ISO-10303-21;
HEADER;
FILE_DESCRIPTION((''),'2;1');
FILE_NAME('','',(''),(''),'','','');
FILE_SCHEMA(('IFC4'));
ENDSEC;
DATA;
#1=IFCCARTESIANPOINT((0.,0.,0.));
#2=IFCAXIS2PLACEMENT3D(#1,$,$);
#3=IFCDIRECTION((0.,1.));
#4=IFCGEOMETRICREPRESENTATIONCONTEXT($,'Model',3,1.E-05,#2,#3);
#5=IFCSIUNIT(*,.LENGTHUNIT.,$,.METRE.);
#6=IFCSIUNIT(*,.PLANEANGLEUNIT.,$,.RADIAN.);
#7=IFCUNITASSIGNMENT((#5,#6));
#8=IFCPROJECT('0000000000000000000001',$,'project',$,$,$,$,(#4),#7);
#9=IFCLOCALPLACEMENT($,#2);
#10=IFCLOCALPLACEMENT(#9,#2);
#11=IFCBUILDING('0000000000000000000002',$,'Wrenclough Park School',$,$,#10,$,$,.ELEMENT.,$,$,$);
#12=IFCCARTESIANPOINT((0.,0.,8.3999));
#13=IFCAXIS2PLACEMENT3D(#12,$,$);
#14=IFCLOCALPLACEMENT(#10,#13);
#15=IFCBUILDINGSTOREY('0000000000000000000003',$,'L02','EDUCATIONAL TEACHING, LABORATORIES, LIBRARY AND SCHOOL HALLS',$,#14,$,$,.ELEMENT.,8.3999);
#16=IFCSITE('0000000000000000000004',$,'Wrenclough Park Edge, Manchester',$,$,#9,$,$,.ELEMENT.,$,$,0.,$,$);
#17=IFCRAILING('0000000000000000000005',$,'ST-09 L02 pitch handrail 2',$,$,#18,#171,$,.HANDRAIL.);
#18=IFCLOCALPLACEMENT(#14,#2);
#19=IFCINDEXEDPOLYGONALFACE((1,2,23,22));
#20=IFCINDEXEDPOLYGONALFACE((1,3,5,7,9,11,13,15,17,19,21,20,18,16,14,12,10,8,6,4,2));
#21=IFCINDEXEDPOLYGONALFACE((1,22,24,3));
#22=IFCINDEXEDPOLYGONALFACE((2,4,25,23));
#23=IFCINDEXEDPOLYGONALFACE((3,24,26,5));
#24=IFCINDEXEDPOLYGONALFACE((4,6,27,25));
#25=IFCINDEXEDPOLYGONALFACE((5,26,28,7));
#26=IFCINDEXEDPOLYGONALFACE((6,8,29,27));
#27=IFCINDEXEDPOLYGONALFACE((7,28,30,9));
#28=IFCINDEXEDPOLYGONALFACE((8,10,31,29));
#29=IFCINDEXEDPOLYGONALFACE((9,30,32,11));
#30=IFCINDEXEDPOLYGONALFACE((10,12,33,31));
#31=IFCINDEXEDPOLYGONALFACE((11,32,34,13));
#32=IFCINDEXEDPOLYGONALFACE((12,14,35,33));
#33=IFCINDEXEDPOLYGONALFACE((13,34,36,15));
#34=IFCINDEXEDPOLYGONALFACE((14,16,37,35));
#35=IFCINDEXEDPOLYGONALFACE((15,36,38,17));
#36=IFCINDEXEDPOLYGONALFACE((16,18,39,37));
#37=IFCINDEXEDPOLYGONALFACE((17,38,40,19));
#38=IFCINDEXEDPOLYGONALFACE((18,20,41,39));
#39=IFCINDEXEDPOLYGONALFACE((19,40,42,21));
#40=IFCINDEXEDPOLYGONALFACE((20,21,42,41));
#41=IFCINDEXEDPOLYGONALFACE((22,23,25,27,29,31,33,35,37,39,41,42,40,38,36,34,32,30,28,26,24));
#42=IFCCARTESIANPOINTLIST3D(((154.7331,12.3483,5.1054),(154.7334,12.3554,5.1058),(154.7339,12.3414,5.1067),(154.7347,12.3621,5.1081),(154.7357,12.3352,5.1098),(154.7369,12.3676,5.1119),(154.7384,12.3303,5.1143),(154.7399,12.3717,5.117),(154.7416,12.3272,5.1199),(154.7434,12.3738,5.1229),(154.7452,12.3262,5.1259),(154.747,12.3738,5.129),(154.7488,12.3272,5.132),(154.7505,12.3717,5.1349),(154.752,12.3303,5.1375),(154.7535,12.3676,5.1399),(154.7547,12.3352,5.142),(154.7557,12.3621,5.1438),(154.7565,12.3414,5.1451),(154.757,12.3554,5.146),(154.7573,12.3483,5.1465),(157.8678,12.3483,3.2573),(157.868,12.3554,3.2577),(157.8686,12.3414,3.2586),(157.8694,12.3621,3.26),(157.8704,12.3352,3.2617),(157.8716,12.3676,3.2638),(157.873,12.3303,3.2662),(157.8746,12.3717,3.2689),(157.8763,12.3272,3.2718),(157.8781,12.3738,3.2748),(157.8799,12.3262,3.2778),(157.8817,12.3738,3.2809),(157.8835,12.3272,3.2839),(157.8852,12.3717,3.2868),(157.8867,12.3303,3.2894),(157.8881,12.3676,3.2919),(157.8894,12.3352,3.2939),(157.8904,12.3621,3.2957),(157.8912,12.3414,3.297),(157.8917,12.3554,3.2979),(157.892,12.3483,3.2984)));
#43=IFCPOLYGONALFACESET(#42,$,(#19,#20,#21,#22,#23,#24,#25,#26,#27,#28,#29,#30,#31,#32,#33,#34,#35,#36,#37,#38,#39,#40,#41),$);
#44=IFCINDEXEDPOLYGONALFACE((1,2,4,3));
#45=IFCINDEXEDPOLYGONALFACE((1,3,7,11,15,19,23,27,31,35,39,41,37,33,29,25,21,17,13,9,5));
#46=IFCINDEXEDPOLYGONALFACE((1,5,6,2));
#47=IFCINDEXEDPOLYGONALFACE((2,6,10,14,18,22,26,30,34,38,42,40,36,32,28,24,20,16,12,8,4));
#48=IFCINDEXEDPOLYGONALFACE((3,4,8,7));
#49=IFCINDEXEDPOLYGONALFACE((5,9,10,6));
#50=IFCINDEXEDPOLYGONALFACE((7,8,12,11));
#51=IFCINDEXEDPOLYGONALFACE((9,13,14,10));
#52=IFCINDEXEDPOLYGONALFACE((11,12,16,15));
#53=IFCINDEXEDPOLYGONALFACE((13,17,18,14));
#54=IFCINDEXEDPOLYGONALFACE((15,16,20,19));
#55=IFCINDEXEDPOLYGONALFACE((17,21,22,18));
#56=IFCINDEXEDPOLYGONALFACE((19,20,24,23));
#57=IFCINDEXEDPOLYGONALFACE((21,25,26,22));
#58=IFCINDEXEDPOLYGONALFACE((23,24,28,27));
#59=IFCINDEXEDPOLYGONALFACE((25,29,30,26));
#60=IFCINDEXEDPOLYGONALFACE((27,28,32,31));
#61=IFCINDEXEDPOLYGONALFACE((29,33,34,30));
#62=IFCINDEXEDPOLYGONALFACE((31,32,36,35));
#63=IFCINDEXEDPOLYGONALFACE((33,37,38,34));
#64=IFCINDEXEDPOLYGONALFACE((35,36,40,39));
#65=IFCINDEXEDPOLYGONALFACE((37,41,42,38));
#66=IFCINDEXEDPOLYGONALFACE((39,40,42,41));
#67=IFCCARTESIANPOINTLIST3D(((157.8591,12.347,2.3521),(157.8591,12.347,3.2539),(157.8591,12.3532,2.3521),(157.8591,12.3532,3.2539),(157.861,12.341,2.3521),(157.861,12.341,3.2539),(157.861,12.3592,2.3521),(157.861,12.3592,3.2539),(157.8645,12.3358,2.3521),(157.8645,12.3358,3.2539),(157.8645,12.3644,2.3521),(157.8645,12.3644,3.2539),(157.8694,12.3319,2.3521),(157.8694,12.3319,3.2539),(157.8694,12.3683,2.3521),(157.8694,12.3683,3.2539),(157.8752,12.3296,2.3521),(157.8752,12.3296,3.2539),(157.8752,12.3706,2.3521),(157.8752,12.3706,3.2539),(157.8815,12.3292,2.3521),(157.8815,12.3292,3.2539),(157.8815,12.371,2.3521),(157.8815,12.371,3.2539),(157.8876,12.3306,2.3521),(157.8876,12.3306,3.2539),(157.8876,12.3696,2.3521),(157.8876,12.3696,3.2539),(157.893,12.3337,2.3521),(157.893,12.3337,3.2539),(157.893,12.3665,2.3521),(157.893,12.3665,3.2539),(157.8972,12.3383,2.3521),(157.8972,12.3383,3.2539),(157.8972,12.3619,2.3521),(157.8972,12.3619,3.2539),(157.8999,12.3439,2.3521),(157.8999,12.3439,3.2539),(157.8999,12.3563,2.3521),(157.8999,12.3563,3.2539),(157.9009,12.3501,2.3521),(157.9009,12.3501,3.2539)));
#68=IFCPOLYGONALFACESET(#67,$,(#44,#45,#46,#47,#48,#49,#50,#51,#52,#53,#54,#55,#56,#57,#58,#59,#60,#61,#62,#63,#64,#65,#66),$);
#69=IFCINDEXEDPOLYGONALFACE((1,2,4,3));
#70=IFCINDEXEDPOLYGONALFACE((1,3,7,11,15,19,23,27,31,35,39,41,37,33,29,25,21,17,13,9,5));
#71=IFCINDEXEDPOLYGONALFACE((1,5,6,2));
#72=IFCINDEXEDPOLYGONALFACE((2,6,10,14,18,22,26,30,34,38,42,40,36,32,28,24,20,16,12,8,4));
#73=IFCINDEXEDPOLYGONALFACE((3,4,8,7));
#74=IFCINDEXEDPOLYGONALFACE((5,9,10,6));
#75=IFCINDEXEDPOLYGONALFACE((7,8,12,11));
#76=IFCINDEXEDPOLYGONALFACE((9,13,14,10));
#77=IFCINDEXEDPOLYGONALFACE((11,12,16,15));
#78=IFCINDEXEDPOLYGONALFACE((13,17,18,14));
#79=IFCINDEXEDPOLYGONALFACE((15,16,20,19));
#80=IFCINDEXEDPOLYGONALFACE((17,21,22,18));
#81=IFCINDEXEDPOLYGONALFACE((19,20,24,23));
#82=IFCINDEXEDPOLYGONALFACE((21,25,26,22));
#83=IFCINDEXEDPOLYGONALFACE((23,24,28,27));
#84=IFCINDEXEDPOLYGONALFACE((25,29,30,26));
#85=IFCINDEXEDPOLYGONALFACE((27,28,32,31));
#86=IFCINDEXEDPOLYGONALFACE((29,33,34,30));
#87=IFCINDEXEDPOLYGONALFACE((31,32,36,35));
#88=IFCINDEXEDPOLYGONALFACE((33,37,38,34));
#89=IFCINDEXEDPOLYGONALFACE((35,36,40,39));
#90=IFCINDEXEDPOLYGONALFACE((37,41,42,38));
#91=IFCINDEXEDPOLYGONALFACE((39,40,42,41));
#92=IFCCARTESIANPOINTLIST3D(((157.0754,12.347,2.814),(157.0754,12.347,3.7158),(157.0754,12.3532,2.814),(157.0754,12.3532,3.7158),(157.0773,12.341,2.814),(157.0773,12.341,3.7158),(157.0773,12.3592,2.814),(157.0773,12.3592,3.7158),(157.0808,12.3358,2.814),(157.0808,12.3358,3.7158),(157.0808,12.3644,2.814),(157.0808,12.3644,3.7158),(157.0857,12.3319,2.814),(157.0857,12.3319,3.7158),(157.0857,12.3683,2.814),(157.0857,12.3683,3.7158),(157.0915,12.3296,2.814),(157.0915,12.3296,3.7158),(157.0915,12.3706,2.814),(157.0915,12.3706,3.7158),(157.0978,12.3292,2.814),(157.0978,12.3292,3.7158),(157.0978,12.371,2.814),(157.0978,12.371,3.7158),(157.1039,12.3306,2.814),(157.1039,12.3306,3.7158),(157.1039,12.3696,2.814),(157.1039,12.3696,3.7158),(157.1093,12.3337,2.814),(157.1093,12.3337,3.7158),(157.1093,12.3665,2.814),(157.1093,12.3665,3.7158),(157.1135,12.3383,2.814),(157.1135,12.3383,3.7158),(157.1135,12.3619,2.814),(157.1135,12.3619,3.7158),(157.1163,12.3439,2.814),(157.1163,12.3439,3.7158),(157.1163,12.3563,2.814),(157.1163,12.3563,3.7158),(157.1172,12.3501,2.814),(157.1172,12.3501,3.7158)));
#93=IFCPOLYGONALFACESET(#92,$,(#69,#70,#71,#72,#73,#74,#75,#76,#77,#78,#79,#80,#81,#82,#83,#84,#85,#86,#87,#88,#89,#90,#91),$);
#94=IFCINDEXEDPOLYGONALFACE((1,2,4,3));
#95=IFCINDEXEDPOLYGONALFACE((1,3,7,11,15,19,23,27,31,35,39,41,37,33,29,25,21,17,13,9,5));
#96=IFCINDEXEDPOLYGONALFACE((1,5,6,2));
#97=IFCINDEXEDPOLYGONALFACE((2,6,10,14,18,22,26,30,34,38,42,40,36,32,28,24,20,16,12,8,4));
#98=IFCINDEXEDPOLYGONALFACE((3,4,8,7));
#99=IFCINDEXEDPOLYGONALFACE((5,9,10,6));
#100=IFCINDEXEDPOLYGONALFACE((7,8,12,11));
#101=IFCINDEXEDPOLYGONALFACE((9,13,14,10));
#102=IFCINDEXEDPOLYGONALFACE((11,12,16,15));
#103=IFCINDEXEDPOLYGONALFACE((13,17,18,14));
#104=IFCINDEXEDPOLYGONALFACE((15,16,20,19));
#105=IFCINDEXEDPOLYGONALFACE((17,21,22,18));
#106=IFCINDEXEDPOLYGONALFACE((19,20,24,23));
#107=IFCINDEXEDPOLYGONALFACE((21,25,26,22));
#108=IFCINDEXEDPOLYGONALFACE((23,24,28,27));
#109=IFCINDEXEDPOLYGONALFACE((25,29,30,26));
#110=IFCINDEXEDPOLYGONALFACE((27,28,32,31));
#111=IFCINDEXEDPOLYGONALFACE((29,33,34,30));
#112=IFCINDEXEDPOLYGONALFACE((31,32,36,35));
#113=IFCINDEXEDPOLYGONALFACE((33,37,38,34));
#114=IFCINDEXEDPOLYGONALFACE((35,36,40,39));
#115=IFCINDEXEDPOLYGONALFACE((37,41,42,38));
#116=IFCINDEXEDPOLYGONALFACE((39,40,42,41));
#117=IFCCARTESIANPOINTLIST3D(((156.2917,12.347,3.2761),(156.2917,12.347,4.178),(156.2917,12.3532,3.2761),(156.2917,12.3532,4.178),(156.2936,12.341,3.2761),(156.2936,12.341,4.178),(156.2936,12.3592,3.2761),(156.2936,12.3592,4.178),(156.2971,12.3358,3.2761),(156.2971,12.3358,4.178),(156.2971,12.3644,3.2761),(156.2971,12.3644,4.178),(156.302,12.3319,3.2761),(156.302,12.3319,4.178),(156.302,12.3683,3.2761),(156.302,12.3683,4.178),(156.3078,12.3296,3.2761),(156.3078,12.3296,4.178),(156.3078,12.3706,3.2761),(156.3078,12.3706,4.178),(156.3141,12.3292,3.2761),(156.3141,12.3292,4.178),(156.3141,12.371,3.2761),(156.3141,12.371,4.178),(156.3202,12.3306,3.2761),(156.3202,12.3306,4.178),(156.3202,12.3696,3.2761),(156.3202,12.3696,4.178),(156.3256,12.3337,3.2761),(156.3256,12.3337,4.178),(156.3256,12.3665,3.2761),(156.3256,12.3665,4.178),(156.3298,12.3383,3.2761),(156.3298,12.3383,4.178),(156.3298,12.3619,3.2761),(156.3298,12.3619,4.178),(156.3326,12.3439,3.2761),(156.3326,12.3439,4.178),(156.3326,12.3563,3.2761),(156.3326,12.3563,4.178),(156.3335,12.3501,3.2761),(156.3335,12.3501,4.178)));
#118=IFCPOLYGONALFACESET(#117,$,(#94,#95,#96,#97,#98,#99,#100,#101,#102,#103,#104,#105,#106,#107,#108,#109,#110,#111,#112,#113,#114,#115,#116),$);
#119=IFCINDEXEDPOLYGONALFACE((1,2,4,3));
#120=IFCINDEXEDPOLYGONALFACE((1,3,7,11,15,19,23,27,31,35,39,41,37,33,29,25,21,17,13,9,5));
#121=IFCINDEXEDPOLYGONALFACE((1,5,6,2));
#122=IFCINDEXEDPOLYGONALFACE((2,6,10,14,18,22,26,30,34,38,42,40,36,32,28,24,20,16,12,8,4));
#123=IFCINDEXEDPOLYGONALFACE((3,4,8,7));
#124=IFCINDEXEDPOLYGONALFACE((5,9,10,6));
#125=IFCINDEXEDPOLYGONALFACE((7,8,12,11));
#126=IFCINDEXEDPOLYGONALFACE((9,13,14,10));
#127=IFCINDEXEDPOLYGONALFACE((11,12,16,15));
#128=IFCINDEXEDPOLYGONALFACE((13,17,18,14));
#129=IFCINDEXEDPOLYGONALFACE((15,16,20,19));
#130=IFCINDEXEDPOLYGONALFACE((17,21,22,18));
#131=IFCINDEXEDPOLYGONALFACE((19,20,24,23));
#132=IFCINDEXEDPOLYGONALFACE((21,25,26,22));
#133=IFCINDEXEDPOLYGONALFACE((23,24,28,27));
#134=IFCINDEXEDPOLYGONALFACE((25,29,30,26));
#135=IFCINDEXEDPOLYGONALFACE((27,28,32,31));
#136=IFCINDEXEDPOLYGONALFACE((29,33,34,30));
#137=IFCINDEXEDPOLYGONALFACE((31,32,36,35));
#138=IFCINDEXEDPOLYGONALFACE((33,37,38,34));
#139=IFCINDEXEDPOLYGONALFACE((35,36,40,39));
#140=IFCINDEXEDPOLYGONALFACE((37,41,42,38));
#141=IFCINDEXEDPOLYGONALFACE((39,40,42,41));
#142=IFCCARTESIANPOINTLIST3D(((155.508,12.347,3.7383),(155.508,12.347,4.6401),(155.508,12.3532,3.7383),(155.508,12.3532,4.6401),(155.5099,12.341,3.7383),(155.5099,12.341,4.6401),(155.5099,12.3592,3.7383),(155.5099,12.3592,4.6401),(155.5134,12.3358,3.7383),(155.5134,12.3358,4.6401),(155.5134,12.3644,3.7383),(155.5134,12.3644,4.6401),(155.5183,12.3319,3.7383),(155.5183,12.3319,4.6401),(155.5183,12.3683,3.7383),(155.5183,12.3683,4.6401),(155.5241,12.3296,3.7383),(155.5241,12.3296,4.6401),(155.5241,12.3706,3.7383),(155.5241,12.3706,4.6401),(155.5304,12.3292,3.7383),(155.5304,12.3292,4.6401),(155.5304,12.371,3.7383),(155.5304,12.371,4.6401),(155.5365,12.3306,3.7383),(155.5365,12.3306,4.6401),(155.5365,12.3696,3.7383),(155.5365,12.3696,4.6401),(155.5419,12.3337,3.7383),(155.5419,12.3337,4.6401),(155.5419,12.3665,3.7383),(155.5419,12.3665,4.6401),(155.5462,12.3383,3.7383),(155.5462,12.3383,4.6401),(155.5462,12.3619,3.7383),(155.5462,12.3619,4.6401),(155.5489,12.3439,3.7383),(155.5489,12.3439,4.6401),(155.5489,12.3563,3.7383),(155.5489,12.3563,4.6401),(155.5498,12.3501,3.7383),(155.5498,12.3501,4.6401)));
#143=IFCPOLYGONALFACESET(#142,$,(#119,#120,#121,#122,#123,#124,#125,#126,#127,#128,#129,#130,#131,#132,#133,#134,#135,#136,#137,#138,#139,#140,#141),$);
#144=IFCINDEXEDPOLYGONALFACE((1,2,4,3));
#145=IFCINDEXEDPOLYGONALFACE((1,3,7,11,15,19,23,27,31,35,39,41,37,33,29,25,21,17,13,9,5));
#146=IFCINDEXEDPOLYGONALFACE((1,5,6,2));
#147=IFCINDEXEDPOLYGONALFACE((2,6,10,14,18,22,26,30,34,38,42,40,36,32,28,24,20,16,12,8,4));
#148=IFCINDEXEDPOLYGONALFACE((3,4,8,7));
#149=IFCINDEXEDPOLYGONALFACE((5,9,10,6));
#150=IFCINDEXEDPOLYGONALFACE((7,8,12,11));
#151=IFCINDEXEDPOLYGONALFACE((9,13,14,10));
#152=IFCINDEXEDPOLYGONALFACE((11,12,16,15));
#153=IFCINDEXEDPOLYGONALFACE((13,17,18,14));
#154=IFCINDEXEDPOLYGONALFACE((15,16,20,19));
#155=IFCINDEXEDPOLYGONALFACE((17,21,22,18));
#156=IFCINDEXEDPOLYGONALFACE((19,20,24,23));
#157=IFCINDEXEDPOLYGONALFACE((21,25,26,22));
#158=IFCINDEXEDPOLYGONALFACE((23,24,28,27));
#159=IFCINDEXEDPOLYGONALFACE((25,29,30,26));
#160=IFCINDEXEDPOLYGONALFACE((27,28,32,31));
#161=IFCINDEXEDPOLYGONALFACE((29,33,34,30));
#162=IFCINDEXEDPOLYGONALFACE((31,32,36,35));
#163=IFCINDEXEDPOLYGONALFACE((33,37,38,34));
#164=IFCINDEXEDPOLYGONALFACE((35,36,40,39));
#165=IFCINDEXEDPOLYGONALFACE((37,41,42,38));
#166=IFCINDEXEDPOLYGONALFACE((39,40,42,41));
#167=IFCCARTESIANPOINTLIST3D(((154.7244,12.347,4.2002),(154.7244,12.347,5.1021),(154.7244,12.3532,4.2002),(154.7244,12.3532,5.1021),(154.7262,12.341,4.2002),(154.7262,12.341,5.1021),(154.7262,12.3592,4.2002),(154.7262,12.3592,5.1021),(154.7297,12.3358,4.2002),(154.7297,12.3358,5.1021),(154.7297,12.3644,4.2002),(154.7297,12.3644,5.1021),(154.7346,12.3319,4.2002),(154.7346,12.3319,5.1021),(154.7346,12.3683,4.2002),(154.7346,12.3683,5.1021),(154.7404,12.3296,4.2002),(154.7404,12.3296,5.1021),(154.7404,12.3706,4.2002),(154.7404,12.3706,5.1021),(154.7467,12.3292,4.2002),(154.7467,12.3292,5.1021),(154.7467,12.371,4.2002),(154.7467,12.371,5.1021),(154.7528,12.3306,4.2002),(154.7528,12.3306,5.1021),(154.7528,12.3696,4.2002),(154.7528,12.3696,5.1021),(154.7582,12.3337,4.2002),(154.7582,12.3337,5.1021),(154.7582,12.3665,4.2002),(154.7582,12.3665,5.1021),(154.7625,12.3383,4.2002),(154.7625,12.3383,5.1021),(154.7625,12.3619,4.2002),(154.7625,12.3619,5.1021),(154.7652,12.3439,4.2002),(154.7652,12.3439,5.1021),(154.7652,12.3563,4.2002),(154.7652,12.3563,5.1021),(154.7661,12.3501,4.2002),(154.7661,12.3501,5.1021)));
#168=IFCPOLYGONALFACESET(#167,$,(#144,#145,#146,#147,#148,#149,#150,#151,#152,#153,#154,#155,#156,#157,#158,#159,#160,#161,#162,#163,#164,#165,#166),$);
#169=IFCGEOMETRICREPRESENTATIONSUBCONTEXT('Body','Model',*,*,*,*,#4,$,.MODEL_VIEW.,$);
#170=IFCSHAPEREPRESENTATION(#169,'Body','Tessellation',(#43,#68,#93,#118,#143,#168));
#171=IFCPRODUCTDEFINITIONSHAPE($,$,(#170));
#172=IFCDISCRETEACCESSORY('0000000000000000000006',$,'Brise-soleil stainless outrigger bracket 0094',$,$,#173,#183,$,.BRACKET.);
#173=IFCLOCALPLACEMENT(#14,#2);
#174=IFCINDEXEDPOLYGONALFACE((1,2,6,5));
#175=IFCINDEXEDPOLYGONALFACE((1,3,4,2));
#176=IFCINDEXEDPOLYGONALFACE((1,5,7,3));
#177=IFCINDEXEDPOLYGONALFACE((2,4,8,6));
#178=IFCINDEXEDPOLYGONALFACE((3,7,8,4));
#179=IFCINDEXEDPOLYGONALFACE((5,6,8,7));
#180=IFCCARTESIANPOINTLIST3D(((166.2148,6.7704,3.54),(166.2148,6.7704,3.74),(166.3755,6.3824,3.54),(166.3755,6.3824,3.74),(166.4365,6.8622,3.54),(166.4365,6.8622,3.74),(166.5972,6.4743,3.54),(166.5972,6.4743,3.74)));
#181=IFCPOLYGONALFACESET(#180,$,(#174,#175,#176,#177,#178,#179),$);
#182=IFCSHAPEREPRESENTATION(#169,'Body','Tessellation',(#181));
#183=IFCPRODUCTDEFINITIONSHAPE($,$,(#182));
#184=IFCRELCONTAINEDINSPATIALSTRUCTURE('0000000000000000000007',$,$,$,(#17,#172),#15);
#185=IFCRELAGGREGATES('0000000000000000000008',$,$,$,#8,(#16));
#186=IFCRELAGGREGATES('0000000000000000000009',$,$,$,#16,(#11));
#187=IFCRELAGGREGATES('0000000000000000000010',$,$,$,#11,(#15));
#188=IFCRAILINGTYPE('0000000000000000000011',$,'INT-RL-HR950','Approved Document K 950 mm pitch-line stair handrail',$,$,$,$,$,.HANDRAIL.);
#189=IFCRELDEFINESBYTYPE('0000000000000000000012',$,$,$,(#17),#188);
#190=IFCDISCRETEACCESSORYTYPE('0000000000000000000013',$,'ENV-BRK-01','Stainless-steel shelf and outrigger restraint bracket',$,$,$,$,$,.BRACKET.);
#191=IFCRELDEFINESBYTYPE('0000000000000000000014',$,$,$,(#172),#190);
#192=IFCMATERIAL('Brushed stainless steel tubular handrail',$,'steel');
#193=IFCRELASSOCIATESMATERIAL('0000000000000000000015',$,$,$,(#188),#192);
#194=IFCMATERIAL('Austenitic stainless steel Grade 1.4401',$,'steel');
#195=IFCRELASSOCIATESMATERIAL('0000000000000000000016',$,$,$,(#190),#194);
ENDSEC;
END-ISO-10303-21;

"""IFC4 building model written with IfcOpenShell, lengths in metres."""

from ifc_helpers import new_model, si_unit, direction, frame, origin, origin_2d, place, context, subcontext, project, spatial, rectangle, circle, extrude, material, type_object, element, save


model = new_model("IFC4")

# Units and contexts
model_context = context("Model", 3, precision=1e-05, world=origin(), true_north=direction((0.0, 1.0)))
body_context = subcontext(model_context, "Body", "Model", "MODEL_VIEW")
ifc_project = project(units=[si_unit("LENGTHUNIT", "METRE"), si_unit("PLANEANGLEUNIT", "RADIAN")], contexts=[model_context])

# Site, building, storey
site_placement = place(None, origin())
site = spatial("IfcSite", under=ifc_project, at=site_placement, Name="Wrenclough Park Edge, Manchester", CompositionType="ELEMENT", RefElevation=0.0)
building_placement = place(site_placement, origin())
building = spatial("IfcBuilding", under=site, at=building_placement, Name="Wrenclough Park School", CompositionType="ELEMENT")
storey_placement = place(building_placement, frame((0.0, 0.0, 8.3999)))
storey = spatial("IfcBuildingStorey", under=building, at=storey_placement, Name="L02", Description="EDUCATIONAL TEACHING, LABORATORIES, LIBRARY AND SCHOOL HALLS", CompositionType="ELEMENT", Elevation=8.3999)

# Railing
ifc_material_1 = material(Name="Brushed stainless steel tubular handrail", Category="steel")
railing_type_1 = type_object("IfcRailingType", Name="INT-RL-HR950", Description="Approved Document K 950 mm pitch-line stair handrail", PredefinedType="HANDRAIL", material=ifc_material_1)
railing_1_placement = place(storey_placement, frame((157.8799, 12.3501, 2.3521)))
element("IfcRailing", 1, at=railing_1_placement, inside=storey, type_object=railing_type_1, Name="ST-09 L02 pitch handrail 2", PredefinedType="HANDRAIL", context=body_context, shape_type="SweptSolid", body=[
    extrude(circle(Radius=0.0239, at=origin_2d()), frame((0.0, 0.0, 0.9258), z_axis=(-0.861434, 0.0, 0.50787), x_axis=(0.0, -1.0, 0.0)), (0.0, 0.0, 1.0), 3.6389),
    extrude(circle(Radius=0.021, at=origin_2d()), origin(), (0.0, 0.0, 1.0), 0.9019),
    extrude(circle(Radius=0.021, at=origin_2d()), frame((-0.7837, 0.0, 0.4619)), (0.0, 0.0, 1.0), 0.9019),
    extrude(circle(Radius=0.021, at=origin_2d()), frame((-1.5674, 0.0, 0.9241)), (0.0, 0.0, 1.0), 0.9019),
    extrude(circle(Radius=0.021, at=origin_2d()), frame((-2.3511, 0.0, 1.3862)), (0.0, 0.0, 1.0), 0.9019),
    extrude(circle(Radius=0.021, at=origin_2d()), frame((-3.1348, 0.0, 1.8481)), (0.0, 0.0, 1.0), 0.9019),
])

# Discrete accessory
ifc_material_2 = material(Name="Austenitic stainless steel Grade 1.4401", Category="steel")
discrete_accessory_type = type_object("IfcDiscreteAccessoryType", Name="ENV-BRK-01", Description="Stainless-steel shelf and outrigger restraint bracket", PredefinedType="BRACKET", material=ifc_material_2)
discrete_accessory_placement = place(storey_placement, frame((166.406, 6.6223, 3.54), z_axis=(0.0, 0.0, 1.0), x_axis=(0.923879, 0.382684, 0.0)))
element("IfcDiscreteAccessory", 2, at=discrete_accessory_placement, inside=storey, type_object=discrete_accessory_type, Name="Brise-soleil stainless outrigger bracket 0094", PredefinedType="BRACKET", context=body_context, shape_type="SweptSolid", body=[
    extrude(rectangle(XDim=0.24, YDim=0.4199, at=origin_2d()), origin(), (0.0, 0.0, 1.0), 0.2),
])

save(model, "model.ifc")
